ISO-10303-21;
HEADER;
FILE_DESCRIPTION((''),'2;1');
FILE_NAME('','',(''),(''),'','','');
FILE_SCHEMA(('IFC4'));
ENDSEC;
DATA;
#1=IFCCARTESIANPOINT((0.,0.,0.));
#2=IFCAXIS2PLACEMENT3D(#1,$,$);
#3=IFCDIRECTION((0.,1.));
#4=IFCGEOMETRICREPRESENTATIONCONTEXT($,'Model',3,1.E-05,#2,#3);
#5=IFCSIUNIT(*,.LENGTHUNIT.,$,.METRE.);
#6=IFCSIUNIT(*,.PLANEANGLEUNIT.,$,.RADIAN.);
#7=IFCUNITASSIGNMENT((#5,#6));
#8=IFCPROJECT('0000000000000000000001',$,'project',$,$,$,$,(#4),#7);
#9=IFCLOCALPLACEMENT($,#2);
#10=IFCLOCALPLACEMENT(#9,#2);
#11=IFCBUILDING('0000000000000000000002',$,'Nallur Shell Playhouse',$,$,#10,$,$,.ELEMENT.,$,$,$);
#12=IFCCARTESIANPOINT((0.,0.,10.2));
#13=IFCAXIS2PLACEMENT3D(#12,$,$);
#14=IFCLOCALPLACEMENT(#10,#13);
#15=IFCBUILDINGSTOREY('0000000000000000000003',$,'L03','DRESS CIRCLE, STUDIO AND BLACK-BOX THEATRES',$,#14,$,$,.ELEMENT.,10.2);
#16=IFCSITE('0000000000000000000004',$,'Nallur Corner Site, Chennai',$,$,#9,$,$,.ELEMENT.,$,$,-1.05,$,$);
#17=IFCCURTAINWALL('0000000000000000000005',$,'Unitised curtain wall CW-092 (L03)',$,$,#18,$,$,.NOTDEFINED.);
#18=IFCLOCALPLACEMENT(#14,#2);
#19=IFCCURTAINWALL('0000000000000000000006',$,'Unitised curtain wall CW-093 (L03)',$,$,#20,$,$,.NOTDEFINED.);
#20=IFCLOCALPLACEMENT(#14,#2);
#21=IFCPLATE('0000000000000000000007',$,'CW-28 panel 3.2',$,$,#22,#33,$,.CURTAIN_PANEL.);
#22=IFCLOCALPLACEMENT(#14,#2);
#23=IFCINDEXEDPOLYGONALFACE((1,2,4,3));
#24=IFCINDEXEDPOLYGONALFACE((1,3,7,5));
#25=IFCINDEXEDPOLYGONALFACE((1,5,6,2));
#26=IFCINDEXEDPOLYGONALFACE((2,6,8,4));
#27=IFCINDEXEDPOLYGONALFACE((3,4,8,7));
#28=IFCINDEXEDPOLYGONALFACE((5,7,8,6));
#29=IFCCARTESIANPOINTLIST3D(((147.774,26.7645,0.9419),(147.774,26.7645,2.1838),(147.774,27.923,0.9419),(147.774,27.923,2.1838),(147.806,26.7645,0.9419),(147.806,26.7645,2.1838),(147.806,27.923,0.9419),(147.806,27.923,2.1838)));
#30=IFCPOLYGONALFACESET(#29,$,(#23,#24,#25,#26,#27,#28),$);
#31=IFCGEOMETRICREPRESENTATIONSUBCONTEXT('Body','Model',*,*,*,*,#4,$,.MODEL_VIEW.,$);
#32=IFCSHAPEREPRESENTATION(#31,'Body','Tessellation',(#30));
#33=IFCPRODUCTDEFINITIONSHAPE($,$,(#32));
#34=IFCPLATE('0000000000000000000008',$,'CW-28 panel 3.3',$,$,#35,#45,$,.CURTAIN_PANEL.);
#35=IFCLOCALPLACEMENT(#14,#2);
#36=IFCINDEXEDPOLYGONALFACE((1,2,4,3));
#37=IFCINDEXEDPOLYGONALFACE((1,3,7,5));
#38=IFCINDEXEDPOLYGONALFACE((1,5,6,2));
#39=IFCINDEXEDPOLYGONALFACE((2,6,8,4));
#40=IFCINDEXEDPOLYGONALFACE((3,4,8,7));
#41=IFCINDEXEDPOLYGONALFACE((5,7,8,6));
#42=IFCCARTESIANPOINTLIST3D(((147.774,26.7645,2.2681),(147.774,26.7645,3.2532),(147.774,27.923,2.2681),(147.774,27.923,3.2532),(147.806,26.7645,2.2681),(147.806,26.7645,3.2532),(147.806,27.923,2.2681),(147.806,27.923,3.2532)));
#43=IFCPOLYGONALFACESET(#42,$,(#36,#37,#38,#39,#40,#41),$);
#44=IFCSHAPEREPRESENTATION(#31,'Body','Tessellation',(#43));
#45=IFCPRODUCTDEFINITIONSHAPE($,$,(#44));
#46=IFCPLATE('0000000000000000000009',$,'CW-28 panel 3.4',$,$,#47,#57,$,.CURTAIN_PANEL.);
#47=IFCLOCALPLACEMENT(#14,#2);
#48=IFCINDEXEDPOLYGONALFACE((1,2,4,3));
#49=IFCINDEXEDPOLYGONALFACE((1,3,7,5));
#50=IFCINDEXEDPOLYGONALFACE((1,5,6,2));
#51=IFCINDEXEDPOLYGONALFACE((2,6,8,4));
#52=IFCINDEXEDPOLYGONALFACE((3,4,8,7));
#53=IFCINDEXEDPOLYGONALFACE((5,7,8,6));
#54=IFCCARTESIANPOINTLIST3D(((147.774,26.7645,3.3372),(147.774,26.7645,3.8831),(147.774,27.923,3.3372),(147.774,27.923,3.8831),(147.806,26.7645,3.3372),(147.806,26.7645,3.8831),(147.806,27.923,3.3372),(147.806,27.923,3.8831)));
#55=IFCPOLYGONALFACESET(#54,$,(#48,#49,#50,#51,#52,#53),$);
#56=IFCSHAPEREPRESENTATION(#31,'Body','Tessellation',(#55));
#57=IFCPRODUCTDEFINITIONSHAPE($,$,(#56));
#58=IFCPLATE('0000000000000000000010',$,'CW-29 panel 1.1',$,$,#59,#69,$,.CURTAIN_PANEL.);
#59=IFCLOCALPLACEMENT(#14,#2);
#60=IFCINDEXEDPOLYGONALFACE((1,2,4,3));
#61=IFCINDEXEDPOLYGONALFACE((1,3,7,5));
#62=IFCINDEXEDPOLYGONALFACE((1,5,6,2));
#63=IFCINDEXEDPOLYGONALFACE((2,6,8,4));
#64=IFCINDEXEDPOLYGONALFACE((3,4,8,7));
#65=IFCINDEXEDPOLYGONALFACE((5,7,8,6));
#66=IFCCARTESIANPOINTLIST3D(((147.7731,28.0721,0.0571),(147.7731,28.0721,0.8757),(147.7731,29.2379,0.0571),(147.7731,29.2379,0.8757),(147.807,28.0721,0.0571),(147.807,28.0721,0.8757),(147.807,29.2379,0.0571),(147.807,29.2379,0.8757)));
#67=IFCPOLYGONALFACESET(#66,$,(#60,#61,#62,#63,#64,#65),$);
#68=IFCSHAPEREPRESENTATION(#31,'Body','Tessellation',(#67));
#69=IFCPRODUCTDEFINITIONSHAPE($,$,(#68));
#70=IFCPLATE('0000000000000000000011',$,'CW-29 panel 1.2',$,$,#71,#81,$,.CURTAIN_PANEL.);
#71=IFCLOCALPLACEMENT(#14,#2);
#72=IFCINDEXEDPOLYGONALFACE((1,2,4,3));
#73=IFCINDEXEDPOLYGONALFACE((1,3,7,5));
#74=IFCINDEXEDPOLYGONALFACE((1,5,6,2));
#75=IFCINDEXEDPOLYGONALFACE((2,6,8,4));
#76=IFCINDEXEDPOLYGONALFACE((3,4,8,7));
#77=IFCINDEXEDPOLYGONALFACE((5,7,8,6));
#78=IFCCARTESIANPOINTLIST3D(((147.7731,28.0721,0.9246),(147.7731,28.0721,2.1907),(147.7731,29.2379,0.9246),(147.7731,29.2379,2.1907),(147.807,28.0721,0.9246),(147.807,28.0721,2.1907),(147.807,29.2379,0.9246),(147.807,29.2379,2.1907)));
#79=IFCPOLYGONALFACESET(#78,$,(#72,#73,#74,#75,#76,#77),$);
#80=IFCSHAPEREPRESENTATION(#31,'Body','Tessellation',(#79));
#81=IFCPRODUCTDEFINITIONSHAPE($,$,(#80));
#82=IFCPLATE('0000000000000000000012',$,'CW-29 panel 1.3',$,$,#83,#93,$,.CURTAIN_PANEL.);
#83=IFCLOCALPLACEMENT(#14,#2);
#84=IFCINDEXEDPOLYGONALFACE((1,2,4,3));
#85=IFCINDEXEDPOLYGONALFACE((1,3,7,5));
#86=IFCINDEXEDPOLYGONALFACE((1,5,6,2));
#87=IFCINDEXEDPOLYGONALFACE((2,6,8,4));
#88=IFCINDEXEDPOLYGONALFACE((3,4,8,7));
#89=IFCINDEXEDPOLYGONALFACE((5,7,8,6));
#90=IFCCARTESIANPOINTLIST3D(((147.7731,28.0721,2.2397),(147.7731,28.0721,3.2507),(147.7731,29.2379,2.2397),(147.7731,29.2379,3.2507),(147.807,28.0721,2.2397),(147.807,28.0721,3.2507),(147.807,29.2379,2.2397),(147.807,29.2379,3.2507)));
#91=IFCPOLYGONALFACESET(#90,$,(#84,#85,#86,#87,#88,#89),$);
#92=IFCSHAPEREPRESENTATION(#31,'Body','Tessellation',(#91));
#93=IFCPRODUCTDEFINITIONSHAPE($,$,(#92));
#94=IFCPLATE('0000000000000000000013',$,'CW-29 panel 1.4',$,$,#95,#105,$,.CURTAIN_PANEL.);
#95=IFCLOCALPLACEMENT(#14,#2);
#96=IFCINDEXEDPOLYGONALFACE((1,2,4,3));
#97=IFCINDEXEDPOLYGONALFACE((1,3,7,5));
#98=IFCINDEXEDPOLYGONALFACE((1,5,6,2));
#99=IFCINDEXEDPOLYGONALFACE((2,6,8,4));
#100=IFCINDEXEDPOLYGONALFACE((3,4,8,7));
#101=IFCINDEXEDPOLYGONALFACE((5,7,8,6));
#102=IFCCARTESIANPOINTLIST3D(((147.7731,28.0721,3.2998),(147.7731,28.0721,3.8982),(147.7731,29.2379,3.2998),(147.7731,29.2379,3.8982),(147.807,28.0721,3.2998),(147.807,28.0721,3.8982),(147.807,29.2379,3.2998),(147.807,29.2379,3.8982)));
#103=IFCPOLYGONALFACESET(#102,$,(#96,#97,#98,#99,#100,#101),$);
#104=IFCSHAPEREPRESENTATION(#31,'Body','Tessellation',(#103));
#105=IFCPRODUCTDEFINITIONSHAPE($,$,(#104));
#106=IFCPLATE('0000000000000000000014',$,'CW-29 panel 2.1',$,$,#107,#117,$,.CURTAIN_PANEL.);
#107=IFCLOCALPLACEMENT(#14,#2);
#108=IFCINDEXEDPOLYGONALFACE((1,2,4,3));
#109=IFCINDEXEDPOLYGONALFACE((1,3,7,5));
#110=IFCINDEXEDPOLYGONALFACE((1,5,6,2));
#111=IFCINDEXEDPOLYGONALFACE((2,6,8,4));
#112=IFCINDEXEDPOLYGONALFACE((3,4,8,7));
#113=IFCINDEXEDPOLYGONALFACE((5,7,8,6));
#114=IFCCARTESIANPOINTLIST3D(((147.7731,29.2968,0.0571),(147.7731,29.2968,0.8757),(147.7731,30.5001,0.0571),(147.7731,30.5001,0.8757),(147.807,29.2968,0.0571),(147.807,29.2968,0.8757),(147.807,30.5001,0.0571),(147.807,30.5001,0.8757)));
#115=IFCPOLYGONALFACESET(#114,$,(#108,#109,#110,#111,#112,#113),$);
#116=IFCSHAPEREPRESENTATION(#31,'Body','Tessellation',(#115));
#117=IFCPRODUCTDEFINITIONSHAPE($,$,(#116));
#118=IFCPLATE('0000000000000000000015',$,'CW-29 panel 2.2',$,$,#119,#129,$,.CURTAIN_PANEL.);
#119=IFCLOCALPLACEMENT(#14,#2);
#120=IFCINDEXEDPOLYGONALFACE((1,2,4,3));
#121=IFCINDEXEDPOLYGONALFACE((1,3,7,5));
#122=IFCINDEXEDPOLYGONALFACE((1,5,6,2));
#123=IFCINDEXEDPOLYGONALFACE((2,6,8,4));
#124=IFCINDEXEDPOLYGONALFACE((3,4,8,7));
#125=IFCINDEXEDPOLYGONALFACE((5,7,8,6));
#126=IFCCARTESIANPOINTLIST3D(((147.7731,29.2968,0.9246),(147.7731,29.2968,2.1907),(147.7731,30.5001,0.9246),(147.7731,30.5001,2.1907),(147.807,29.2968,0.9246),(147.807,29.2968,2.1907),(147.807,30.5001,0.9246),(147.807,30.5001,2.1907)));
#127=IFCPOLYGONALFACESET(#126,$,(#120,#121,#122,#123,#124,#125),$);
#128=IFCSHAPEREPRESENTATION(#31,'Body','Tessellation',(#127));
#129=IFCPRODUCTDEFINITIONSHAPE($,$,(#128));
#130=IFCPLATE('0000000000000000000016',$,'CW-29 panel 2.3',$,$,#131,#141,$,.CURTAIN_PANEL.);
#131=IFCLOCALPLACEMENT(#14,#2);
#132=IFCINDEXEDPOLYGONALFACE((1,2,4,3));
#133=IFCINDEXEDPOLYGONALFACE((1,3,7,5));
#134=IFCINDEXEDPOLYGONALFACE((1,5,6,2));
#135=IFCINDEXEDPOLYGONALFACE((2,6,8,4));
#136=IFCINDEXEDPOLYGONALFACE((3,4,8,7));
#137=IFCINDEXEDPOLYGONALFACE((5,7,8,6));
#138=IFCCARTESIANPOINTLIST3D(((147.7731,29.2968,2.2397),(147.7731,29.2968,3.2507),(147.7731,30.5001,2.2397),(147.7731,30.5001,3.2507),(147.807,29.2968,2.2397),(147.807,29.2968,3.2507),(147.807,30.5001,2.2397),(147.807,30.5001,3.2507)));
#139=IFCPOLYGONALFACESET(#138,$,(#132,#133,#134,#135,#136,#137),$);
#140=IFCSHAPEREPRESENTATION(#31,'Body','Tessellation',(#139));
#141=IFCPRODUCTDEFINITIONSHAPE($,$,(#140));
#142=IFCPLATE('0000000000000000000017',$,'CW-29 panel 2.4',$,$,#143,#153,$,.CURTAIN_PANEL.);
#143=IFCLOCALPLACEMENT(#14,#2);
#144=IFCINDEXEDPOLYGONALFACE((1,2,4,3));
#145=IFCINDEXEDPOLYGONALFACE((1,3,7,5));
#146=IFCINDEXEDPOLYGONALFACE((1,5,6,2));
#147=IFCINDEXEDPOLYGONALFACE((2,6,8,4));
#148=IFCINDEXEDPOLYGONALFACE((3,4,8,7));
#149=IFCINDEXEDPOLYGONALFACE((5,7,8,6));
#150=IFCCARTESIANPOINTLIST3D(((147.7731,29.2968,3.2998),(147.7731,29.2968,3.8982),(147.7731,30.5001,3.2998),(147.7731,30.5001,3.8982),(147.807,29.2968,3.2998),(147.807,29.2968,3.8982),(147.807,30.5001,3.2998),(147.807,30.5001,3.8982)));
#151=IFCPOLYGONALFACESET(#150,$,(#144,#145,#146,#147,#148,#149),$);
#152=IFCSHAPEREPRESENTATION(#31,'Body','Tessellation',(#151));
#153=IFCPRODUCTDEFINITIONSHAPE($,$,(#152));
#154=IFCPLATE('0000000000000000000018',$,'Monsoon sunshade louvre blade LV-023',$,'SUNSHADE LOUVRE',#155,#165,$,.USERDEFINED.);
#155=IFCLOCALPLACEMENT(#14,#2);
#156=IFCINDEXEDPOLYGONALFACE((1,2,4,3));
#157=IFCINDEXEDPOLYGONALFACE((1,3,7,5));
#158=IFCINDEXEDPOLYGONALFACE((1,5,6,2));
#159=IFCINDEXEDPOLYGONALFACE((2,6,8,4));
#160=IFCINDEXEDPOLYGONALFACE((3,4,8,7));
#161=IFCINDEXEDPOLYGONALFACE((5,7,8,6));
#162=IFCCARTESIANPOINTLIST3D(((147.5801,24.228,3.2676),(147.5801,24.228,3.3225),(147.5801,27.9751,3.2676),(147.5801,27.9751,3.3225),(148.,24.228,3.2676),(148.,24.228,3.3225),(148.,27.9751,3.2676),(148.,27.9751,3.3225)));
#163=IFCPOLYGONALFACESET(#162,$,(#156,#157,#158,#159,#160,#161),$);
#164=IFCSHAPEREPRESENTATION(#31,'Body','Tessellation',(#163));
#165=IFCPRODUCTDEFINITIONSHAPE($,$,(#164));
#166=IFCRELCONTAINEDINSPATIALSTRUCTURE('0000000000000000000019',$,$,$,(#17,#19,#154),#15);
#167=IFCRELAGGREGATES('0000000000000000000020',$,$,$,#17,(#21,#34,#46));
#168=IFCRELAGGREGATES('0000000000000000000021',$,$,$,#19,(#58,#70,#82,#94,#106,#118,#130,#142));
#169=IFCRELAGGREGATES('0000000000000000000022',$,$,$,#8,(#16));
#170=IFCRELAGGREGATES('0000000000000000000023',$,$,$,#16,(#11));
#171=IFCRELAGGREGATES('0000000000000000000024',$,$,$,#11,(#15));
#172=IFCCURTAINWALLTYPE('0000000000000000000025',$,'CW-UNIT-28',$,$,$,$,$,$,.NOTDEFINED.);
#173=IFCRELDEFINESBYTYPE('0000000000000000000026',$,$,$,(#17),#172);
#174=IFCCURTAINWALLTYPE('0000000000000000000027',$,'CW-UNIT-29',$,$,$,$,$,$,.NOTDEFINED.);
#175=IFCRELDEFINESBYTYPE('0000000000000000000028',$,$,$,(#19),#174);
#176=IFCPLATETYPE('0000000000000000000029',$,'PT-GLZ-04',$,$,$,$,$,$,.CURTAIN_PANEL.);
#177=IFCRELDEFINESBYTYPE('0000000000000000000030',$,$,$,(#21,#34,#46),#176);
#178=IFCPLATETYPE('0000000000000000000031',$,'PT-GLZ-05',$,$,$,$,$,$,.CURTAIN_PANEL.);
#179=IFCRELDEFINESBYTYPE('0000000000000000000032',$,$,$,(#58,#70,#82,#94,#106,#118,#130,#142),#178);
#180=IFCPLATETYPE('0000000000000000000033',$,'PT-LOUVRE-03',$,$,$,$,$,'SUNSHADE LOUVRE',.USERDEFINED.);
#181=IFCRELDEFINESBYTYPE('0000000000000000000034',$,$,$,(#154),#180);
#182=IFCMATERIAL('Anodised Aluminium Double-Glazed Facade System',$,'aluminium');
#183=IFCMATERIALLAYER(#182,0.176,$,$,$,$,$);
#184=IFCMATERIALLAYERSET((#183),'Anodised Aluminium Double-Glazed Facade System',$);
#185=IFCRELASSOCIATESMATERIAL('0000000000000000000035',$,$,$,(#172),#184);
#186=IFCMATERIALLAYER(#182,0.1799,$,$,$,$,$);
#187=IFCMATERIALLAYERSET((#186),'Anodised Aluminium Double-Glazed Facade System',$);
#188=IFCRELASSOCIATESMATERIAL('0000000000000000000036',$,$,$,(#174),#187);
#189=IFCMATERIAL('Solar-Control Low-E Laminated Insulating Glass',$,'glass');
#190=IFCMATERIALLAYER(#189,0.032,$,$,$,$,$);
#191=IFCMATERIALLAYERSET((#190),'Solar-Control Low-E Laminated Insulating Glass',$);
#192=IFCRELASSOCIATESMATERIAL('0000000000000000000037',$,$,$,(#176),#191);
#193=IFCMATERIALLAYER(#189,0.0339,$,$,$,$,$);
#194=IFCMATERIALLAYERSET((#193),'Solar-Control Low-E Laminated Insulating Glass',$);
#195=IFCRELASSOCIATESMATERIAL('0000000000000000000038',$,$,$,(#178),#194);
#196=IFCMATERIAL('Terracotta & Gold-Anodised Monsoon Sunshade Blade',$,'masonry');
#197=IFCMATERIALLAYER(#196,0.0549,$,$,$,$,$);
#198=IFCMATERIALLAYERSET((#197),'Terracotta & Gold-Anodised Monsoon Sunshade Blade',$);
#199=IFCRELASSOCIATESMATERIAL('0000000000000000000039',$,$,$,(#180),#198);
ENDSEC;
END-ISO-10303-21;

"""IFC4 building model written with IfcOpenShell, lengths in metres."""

from ifc_helpers import new_model, si_unit, direction, frame, origin, origin_2d, place, context, subcontext, project, spatial, rectangle, extrude, material, layer, layer_set, type_object, element, aggregate, save


model = new_model("IFC4")

# Units and contexts
model_context = context("Model", 3, precision=1e-05, world=origin(), true_north=direction((0.0, 1.0)))
body_context = subcontext(model_context, "Body", "Model", "MODEL_VIEW")
ifc_project = project(units=[si_unit("LENGTHUNIT", "METRE"), si_unit("PLANEANGLEUNIT", "RADIAN")], contexts=[model_context])

# Site, building, storey
site_placement = place(None, origin())
site = spatial("IfcSite", under=ifc_project, at=site_placement, Name="Nallur Corner Site, Chennai", CompositionType="ELEMENT", RefElevation=-1.05)
building_placement = place(site_placement, origin())
building = spatial("IfcBuilding", under=site, at=building_placement, Name="Nallur Shell Playhouse", CompositionType="ELEMENT")
storey_placement = place(building_placement, frame((0.0, 0.0, 10.2)))
storey = spatial("IfcBuildingStorey", under=building, at=storey_placement, Name="L03", Description="DRESS CIRCLE, STUDIO AND BLACK-BOX THEATRES", CompositionType="ELEMENT", Elevation=10.2)

# Curtain walls
ifc_material_1 = material(Name="Anodised Aluminium Double-Glazed Facade System", Category="aluminium")
ifc_layer_1 = layer(ifc_material_1, 0.176)
ifc_layer_set_1 = layer_set([ifc_layer_1], Name="Anodised Aluminium Double-Glazed Facade System")
curtain_wall_type_1 = type_object("IfcCurtainWallType", Name="CW-UNIT-28", PredefinedType="NOTDEFINED", material=ifc_layer_set_1)
curtain_wall_1_placement = place(storey_placement, origin())
curtain_wall_1 = element("IfcCurtainWall", 1, at=curtain_wall_1_placement, inside=storey, type_object=curtain_wall_type_1, Name="Unitised curtain wall CW-092 (L03)", PredefinedType="NOTDEFINED")
ifc_layer_2 = layer(ifc_material_1, 0.1799)
ifc_layer_set_2 = layer_set([ifc_layer_2], Name="Anodised Aluminium Double-Glazed Facade System")
curtain_wall_type_2 = type_object("IfcCurtainWallType", Name="CW-UNIT-29", PredefinedType="NOTDEFINED", material=ifc_layer_set_2)
curtain_wall_2_placement = place(storey_placement, origin())
curtain_wall_2 = element("IfcCurtainWall", 2, at=curtain_wall_2_placement, inside=storey, type_object=curtain_wall_type_2, Name="Unitised curtain wall CW-093 (L03)", PredefinedType="NOTDEFINED")

# Plates
ifc_material_2 = material(Name="Solar-Control Low-E Laminated Insulating Glass", Category="glass")
ifc_layer_3 = layer(ifc_material_2, 0.032)
ifc_layer_set_3 = layer_set([ifc_layer_3], Name="Solar-Control Low-E Laminated Insulating Glass")
plate_type_1 = type_object("IfcPlateType", Name="PT-GLZ-04", PredefinedType="CURTAIN_PANEL", material=ifc_layer_set_3)
plate_1_placement = place(storey_placement, frame((147.79, 27.3438, 0.9419), z_axis=(0.0, 0.0, 1.0), x_axis=(0.0, 1.0, 0.0)))
plate_1 = element("IfcPlate", 3, at=plate_1_placement, type_object=plate_type_1, Name="CW-28 panel 3.2", PredefinedType="CURTAIN_PANEL", context=body_context, shape_type="SweptSolid", body=[
    extrude(rectangle(XDim=1.1584, YDim=0.032, at=origin_2d()), origin(), (0.0, 0.0, 1.0), 1.2419),
])
plate_2_placement = place(storey_placement, frame((147.79, 27.3438, 2.2681), z_axis=(0.0, 0.0, 1.0), x_axis=(0.0, 1.0, 0.0)))
plate_2 = element("IfcPlate", 4, at=plate_2_placement, type_object=plate_type_1, Name="CW-28 panel 3.3", PredefinedType="CURTAIN_PANEL", context=body_context, shape_type="SweptSolid", body=[
    extrude(rectangle(XDim=1.1584, YDim=0.032, at=origin_2d()), origin(), (0.0, 0.0, 1.0), 0.9851),
])
plate_3_placement = place(storey_placement, frame((147.79, 27.3438, 3.3372), z_axis=(0.0, 0.0, 1.0), x_axis=(0.0, 1.0, 0.0)))
plate_3 = element("IfcPlate", 5, at=plate_3_placement, type_object=plate_type_1, Name="CW-28 panel 3.4", PredefinedType="CURTAIN_PANEL", context=body_context, shape_type="SweptSolid", body=[
    extrude(rectangle(XDim=1.1584, YDim=0.032, at=origin_2d()), origin(), (0.0, 0.0, 1.0), 0.5459),
])
aggregate(curtain_wall_1, [plate_1, plate_2, plate_3])
ifc_layer_4 = layer(ifc_material_2, 0.0339)
ifc_layer_set_4 = layer_set([ifc_layer_4], Name="Solar-Control Low-E Laminated Insulating Glass")
plate_type_2 = type_object("IfcPlateType", Name="PT-GLZ-05", PredefinedType="CURTAIN_PANEL", material=ifc_layer_set_4)
plate_4_placement = place(storey_placement, frame((147.79, 28.655, 0.0571), z_axis=(0.0, 0.0, 1.0), x_axis=(0.0, 1.0, 0.0)))
plate_4 = element("IfcPlate", 6, at=plate_4_placement, type_object=plate_type_2, Name="CW-29 panel 1.1", PredefinedType="CURTAIN_PANEL", context=body_context, shape_type="SweptSolid", body=[
    extrude(rectangle(XDim=1.1658, YDim=0.0339, at=origin_2d()), origin(), (0.0, 0.0, 1.0), 0.8186),
])
plate_5_placement = place(storey_placement, frame((147.79, 28.655, 0.9246), z_axis=(0.0, 0.0, 1.0), x_axis=(0.0, 1.0, 0.0)))
plate_5 = element("IfcPlate", 7, at=plate_5_placement, type_object=plate_type_2, Name="CW-29 panel 1.2", PredefinedType="CURTAIN_PANEL", context=body_context, shape_type="SweptSolid", body=[
    extrude(rectangle(XDim=1.1658, YDim=0.0339, at=origin_2d()), origin(), (0.0, 0.0, 1.0), 1.2661),
])
plate_6_placement = place(storey_placement, frame((147.79, 28.655, 2.2397), z_axis=(0.0, 0.0, 1.0), x_axis=(0.0, 1.0, 0.0)))
plate_6 = element("IfcPlate", 8, at=plate_6_placement, type_object=plate_type_2, Name="CW-29 panel 1.3", PredefinedType="CURTAIN_PANEL", context=body_context, shape_type="SweptSolid", body=[
    extrude(rectangle(XDim=1.1658, YDim=0.0339, at=origin_2d()), origin(), (0.0, 0.0, 1.0), 1.011),
])
plate_7_placement = place(storey_placement, frame((147.79, 28.655, 3.2998), z_axis=(0.0, 0.0, 1.0), x_axis=(0.0, 1.0, 0.0)))
plate_7 = element("IfcPlate", 9, at=plate_7_placement, type_object=plate_type_2, Name="CW-29 panel 1.4", PredefinedType="CURTAIN_PANEL", context=body_context, shape_type="SweptSolid", body=[
    extrude(rectangle(XDim=1.1658, YDim=0.0339, at=origin_2d()), origin(), (0.0, 0.0, 1.0), 0.5984),
])
plate_8_placement = place(storey_placement, frame((147.79, 29.8984, 0.0571), z_axis=(0.0, 0.0, 1.0), x_axis=(0.0, 1.0, 0.0)))
plate_8 = element("IfcPlate", 10, at=plate_8_placement, type_object=plate_type_2, Name="CW-29 panel 2.1", PredefinedType="CURTAIN_PANEL", context=body_context, shape_type="SweptSolid", body=[
    extrude(rectangle(XDim=1.2034, YDim=0.0339, at=origin_2d()), origin(), (0.0, 0.0, 1.0), 0.8186),
])
plate_9_placement = place(storey_placement, frame((147.79, 29.8984, 0.9246), z_axis=(0.0, 0.0, 1.0), x_axis=(0.0, 1.0, 0.0)))
plate_9 = element("IfcPlate", 11, at=plate_9_placement, type_object=plate_type_2, Name="CW-29 panel 2.2", PredefinedType="CURTAIN_PANEL", context=body_context, shape_type="SweptSolid", body=[
    extrude(rectangle(XDim=1.2034, YDim=0.0339, at=origin_2d()), origin(), (0.0, 0.0, 1.0), 1.2661),
])
plate_10_placement = place(storey_placement, frame((147.79, 29.8984, 2.2397), z_axis=(0.0, 0.0, 1.0), x_axis=(0.0, 1.0, 0.0)))
plate_10 = element("IfcPlate", 12, at=plate_10_placement, type_object=plate_type_2, Name="CW-29 panel 2.3", PredefinedType="CURTAIN_PANEL", context=body_context, shape_type="SweptSolid", body=[
    extrude(rectangle(XDim=1.2034, YDim=0.0339, at=origin_2d()), origin(), (0.0, 0.0, 1.0), 1.011),
])
plate_11_placement = place(storey_placement, frame((147.79, 29.8984, 3.2998), z_axis=(0.0, 0.0, 1.0), x_axis=(0.0, 1.0, 0.0)))
plate_11 = element("IfcPlate", 13, at=plate_11_placement, type_object=plate_type_2, Name="CW-29 panel 2.4", PredefinedType="CURTAIN_PANEL", context=body_context, shape_type="SweptSolid", body=[
    extrude(rectangle(XDim=1.2034, YDim=0.0339, at=origin_2d()), origin(), (0.0, 0.0, 1.0), 0.5984),
])
aggregate(curtain_wall_2, [plate_4, plate_5, plate_6, plate_7, plate_8, plate_9, plate_10, plate_11])
ifc_material_3 = material(Name="Terracotta & Gold-Anodised Monsoon Sunshade Blade", Category="masonry")
ifc_layer_5 = layer(ifc_material_3, 0.0549)
ifc_layer_set_5 = layer_set([ifc_layer_5], Name="Terracotta & Gold-Anodised Monsoon Sunshade Blade")
plate_type_3 = type_object("IfcPlateType", Name="PT-LOUVRE-03", ElementType="SUNSHADE LOUVRE", PredefinedType="USERDEFINED", material=ifc_layer_set_5)
plate_12_placement = place(storey_placement, frame((147.79, 26.1016, 3.2676), z_axis=(0.0, 0.0, 1.0), x_axis=(0.0, 1.0, 0.0)))
element("IfcPlate", 14, at=plate_12_placement, inside=storey, type_object=plate_type_3, Name="Monsoon sunshade louvre blade LV-023", ObjectType="SUNSHADE LOUVRE", PredefinedType="USERDEFINED", context=body_context, shape_type="SweptSolid", body=[
    extrude(rectangle(XDim=3.7471, YDim=0.4199, at=origin_2d()), origin(), (0.0, 0.0, 1.0), 0.0549),
])

save(model, "model.ifc")
